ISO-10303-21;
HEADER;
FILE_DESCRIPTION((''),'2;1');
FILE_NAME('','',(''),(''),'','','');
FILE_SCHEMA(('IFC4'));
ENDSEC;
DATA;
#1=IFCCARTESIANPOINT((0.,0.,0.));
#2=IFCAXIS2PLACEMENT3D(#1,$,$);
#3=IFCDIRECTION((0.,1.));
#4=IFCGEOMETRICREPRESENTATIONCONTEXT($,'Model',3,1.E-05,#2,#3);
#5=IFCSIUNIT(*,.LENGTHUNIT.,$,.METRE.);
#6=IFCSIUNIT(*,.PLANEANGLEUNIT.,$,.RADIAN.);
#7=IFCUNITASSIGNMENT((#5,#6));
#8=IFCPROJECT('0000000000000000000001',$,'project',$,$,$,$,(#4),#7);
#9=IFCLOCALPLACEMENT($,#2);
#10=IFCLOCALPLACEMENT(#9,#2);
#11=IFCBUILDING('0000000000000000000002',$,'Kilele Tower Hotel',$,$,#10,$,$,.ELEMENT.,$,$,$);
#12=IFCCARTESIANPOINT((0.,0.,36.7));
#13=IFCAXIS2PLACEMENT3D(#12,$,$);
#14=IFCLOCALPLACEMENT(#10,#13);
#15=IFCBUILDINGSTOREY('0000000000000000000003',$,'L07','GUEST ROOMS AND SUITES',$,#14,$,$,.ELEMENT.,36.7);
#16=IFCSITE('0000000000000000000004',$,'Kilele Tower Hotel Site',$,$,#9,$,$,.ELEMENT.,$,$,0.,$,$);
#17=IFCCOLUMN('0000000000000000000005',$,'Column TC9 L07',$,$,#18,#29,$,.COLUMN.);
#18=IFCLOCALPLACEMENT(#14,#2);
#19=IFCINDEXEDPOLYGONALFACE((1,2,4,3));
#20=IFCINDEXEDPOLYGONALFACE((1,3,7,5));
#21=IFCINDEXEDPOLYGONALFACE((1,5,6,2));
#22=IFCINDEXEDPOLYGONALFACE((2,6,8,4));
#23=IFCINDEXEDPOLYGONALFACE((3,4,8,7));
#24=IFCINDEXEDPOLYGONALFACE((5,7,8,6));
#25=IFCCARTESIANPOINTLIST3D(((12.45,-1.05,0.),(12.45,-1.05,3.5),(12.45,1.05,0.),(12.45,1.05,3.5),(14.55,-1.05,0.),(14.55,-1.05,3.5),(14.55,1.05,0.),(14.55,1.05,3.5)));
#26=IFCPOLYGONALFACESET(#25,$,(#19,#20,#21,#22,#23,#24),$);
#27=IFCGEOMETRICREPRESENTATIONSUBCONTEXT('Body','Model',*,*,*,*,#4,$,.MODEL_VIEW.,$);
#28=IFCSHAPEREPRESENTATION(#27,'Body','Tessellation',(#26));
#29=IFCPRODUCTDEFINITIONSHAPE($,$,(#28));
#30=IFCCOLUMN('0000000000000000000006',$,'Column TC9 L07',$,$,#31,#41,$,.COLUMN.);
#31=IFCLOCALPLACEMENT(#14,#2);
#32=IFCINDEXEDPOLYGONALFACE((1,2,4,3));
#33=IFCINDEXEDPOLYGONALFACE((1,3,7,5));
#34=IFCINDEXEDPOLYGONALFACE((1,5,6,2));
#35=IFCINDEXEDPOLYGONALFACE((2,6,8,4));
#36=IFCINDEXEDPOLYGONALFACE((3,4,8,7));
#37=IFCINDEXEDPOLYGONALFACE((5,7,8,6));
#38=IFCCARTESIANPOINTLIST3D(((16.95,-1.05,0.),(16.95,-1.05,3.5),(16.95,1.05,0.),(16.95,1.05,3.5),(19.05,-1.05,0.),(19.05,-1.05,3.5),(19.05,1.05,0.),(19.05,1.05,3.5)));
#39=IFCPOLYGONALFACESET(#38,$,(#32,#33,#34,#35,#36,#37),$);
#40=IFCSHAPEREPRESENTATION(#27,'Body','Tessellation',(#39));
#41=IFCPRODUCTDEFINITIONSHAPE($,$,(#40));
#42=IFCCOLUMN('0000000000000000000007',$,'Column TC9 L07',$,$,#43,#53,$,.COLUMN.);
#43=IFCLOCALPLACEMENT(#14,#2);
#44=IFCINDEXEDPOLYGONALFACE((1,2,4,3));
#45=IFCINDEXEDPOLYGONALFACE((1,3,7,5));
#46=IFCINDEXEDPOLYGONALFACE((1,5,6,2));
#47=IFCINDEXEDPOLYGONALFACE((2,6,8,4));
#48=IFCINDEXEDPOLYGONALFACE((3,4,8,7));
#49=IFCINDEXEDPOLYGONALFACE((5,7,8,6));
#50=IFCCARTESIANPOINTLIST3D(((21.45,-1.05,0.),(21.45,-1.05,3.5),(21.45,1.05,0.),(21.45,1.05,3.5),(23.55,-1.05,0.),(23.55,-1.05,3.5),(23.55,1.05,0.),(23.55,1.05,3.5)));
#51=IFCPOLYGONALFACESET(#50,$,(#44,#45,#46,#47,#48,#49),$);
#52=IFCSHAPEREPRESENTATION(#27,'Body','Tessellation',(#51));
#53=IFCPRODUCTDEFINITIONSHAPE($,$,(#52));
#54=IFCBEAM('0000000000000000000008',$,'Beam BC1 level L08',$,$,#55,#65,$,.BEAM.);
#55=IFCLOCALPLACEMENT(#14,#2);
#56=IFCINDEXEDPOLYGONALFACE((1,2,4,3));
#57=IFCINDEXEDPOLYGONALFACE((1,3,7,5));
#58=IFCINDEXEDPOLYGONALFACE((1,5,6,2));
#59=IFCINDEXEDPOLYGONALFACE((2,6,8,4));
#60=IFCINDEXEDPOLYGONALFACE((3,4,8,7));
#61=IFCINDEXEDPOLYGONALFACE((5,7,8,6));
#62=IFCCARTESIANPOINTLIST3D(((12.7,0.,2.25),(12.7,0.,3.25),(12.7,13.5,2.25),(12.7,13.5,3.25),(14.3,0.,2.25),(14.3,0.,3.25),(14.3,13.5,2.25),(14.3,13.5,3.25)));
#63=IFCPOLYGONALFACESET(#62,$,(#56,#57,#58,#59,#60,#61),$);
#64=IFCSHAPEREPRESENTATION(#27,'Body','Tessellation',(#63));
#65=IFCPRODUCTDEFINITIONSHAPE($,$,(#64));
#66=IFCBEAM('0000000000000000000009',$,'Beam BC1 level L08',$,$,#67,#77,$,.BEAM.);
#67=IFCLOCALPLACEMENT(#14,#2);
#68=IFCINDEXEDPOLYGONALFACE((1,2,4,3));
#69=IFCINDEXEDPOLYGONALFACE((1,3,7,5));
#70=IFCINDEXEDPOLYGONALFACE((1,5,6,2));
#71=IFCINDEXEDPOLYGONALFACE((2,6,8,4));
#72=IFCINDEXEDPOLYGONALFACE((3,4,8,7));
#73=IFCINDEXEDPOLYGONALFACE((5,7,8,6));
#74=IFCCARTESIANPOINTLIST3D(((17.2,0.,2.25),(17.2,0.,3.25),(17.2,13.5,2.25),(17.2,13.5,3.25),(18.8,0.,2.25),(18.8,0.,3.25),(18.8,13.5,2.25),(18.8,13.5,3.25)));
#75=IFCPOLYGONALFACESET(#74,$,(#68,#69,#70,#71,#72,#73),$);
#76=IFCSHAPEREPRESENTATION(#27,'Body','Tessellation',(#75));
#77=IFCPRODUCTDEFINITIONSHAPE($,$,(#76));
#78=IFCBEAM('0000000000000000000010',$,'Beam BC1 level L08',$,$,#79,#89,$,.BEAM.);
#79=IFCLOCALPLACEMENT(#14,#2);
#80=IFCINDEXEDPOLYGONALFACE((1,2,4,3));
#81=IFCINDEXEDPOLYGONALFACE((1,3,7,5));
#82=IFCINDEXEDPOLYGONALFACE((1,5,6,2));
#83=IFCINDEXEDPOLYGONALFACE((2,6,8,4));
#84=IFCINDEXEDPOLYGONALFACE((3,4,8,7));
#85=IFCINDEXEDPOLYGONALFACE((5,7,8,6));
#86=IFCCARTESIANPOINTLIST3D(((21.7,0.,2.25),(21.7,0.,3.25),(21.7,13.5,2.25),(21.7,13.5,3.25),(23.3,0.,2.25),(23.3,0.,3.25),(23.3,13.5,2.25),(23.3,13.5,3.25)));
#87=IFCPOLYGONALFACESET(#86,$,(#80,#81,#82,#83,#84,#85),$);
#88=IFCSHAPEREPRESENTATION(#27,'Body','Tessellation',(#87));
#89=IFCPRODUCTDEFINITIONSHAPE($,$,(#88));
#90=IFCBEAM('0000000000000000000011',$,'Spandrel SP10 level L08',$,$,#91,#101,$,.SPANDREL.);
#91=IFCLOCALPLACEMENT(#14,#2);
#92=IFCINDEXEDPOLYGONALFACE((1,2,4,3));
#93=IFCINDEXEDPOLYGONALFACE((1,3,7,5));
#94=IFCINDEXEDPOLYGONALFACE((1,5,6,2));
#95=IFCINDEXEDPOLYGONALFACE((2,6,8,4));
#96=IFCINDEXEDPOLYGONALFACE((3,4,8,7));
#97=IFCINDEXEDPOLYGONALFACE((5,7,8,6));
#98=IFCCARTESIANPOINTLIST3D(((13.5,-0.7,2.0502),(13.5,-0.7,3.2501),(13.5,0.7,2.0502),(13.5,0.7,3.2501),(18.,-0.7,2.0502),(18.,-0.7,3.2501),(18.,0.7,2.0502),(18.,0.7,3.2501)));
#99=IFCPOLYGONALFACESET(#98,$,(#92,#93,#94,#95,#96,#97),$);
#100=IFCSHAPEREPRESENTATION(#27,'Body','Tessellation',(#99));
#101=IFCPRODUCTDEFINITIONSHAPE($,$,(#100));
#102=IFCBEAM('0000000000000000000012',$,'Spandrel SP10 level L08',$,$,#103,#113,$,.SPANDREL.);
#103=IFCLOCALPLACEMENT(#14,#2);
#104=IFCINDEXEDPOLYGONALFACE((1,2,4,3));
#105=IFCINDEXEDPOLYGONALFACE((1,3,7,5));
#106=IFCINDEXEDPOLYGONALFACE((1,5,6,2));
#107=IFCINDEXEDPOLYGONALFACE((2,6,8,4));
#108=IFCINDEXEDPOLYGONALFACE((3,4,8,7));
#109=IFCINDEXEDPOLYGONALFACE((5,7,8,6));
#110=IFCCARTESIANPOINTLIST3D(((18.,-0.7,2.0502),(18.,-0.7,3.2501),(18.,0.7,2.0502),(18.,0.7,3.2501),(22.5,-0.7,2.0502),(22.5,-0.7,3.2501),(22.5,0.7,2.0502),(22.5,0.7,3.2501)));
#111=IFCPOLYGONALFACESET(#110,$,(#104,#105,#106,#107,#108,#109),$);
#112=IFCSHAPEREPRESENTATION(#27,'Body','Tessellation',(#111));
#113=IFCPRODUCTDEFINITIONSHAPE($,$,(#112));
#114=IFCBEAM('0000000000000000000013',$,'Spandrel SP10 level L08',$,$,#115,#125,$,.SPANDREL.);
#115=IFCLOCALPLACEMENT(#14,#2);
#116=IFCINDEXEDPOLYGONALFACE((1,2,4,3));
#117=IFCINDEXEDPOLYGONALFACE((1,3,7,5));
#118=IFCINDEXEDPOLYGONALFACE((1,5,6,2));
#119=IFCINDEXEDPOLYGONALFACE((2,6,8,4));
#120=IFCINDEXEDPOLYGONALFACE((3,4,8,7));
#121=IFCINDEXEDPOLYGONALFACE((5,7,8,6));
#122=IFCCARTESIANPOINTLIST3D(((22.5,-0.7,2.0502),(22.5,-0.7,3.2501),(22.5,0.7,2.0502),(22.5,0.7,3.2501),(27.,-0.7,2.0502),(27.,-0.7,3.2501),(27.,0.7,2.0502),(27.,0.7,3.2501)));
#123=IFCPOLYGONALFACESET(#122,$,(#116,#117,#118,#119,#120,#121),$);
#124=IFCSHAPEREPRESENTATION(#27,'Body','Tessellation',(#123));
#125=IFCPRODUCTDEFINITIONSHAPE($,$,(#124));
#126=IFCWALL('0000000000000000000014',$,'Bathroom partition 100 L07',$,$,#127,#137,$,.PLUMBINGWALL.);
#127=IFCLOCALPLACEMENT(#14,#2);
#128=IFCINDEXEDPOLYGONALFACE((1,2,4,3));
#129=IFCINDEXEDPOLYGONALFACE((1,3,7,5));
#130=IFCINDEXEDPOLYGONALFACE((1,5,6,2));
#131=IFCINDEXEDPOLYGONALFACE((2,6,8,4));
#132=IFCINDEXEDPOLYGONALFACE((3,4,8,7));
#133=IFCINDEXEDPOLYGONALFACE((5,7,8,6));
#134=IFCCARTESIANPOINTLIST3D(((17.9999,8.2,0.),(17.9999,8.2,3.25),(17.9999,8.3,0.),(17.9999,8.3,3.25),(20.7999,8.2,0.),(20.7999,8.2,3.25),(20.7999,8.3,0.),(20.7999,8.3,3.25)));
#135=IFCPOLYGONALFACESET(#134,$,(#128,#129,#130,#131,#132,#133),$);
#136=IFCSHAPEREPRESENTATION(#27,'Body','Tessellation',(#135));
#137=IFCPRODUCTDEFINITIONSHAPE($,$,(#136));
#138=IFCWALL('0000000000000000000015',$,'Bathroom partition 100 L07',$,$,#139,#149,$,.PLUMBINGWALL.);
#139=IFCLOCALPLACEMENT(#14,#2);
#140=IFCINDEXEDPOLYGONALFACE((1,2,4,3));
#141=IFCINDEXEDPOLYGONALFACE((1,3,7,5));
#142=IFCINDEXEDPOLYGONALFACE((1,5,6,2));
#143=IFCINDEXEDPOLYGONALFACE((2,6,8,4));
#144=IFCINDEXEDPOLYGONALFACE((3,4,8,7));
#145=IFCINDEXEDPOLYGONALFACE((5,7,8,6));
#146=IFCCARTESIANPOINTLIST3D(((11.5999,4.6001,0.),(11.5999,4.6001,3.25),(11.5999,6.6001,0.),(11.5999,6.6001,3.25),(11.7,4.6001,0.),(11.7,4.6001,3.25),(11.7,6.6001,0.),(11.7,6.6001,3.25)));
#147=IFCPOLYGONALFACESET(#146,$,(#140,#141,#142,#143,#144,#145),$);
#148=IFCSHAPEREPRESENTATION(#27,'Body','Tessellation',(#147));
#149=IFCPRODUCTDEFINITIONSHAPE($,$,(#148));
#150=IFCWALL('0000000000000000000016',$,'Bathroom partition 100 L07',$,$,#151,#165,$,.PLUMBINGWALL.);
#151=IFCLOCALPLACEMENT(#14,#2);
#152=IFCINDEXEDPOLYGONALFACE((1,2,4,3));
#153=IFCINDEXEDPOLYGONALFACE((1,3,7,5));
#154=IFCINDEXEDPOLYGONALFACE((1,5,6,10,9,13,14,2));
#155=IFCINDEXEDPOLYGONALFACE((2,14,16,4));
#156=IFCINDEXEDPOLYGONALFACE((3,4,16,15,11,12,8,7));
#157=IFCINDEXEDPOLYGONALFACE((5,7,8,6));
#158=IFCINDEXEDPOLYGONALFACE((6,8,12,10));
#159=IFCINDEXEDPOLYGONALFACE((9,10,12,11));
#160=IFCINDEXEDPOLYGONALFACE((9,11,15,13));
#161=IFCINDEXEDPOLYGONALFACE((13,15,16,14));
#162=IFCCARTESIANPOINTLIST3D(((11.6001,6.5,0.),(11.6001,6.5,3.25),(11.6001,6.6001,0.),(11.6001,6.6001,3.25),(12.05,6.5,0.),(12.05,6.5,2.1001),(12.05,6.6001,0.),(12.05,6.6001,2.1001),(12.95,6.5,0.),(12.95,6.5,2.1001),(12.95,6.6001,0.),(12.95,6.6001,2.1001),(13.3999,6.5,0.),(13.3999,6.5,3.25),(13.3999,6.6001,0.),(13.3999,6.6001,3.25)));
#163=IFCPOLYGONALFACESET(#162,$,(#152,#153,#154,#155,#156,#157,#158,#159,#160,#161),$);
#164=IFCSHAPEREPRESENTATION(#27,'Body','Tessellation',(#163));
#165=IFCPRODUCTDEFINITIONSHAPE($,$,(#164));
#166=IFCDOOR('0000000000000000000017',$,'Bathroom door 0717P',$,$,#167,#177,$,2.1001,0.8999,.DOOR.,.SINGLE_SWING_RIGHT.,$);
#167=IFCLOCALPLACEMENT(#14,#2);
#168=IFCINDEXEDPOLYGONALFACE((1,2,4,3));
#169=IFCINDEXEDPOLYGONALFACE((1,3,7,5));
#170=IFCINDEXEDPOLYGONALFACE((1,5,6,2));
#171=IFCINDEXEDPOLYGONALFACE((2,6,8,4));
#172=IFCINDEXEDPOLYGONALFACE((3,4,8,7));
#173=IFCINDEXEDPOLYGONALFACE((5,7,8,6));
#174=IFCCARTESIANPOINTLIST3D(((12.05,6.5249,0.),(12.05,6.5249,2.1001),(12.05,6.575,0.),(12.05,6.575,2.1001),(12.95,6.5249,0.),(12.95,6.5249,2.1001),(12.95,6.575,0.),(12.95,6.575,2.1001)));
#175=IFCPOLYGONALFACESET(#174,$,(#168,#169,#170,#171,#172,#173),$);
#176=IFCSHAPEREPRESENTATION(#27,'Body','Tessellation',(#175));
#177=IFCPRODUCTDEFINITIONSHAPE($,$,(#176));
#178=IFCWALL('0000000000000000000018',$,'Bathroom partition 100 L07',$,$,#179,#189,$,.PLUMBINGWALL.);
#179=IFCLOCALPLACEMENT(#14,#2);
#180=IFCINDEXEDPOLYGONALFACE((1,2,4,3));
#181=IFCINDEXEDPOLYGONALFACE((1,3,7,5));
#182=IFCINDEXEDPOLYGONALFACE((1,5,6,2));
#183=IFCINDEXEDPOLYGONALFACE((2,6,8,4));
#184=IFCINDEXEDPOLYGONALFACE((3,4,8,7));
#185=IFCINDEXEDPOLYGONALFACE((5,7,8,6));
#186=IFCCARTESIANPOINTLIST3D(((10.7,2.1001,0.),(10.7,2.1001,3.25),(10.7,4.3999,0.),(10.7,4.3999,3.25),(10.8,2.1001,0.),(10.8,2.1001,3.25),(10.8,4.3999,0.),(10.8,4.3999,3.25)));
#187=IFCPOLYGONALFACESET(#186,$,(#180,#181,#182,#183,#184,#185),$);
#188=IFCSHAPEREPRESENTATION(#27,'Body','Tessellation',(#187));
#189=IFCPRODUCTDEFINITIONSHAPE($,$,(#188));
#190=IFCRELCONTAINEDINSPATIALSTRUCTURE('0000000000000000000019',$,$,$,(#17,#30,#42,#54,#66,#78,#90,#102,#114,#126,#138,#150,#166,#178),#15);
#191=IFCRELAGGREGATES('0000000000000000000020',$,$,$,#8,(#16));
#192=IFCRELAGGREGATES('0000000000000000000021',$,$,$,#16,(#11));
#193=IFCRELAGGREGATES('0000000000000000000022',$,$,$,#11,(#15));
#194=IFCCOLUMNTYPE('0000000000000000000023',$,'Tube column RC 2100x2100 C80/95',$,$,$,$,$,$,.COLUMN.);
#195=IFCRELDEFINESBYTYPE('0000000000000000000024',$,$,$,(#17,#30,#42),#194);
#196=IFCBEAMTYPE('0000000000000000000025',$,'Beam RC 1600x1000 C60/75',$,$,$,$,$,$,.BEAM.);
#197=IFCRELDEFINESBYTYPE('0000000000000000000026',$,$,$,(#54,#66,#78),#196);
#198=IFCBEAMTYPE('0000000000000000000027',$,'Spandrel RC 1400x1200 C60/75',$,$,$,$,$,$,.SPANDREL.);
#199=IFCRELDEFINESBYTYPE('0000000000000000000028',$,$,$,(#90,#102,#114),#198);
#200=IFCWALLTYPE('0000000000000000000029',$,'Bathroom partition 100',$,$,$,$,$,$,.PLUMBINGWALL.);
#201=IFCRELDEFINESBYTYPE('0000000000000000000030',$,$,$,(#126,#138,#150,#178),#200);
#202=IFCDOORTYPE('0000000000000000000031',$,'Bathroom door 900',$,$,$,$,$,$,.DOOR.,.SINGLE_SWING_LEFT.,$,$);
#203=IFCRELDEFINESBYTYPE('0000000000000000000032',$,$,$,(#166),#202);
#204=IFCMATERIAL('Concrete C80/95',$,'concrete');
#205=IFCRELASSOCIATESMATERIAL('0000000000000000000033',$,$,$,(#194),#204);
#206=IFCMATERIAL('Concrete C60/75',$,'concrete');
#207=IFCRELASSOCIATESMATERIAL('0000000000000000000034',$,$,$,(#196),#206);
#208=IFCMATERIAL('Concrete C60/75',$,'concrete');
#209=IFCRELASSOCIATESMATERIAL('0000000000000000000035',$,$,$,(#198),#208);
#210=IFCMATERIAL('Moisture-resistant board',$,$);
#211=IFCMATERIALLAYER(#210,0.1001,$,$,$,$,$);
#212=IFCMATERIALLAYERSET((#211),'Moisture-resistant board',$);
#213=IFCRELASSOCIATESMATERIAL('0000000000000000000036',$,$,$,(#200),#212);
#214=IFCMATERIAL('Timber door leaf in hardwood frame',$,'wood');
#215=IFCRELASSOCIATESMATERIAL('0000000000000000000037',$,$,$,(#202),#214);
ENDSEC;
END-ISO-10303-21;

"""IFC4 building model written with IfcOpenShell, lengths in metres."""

from ifc_helpers import new_model, si_unit, direction, frame, frame_2d, origin, origin_2d, place, context, subcontext, project, spatial, rectangle, extrude, material, layer, layer_set, material_profile, profile_set, type_object, element, fill, save


model = new_model("IFC4")

# Units and contexts
model_context = context("Model", 3, precision=1e-05, world=origin(), true_north=direction((0.0, 1.0)))
body_context = subcontext(model_context, "Body", "Model", "MODEL_VIEW")
ifc_project = project(units=[si_unit("LENGTHUNIT", "METRE"), si_unit("PLANEANGLEUNIT", "RADIAN")], contexts=[model_context])

# Site, building, storey
site_placement = place(None, origin())
site = spatial("IfcSite", under=ifc_project, at=site_placement, Name="Kilele Tower Hotel Site", CompositionType="ELEMENT", RefElevation=0.0)
building_placement = place(site_placement, origin())
building = spatial("IfcBuilding", under=site, at=building_placement, Name="Kilele Tower Hotel", CompositionType="ELEMENT")
storey_placement = place(building_placement, frame((0.0, 0.0, 36.7)))
storey = spatial("IfcBuildingStorey", under=building, at=storey_placement, Name="L07", Description="GUEST ROOMS AND SUITES", CompositionType="ELEMENT", Elevation=36.7)

# Columns
ifc_material_1 = material(Name="Concrete C80/95", Category="concrete")
ifc_material_profile_1 = material_profile(ifc_material_1, rectangle(XDim=2.1001, YDim=2.1001, at=origin_2d()))
ifc_profile_set_1 = profile_set([ifc_material_profile_1], Name="Concrete C80/95")
column_type = type_object("IfcColumnType", Name="Tube column RC 2100x2100 C80/95", PredefinedType="COLUMN", material=ifc_profile_set_1)
for number, where, z_axis, x_axis, name in (
    (1, (13.5, 0.0, 0.0), (0.0, 0.0, 1.0), (1.0, 0.0, 0.0), "Column TC9 L07"),
    (2, (18.0, 0.0, 0.0), (0.0, 0.0, 1.0), (1.0, 0.0, 0.0), "Column TC9 L07"),
    (3, (22.5, 0.0, 0.0), (0.0, 0.0, 1.0), (1.0, 0.0, 0.0), "Column TC9 L07"),
):
    element("IfcColumn", number, at=place(storey_placement, frame(where, z_axis=z_axis, x_axis=x_axis)), inside=storey, type_object=column_type, Name=name, PredefinedType="COLUMN", context=body_context, shape_type="SweptSolid", body=[
        extrude(rectangle(XDim=2.1001, YDim=2.1001, at=origin_2d()), origin(), (0.0, 0.0, 1.0), 3.5),
    ])

# Beams
ifc_material_2 = material(Name="Concrete C60/75", Category="concrete")
ifc_material_profile_2 = material_profile(ifc_material_2, rectangle(XDim=1.6001, YDim=1.0, at=origin_2d()))
ifc_profile_set_2 = profile_set([ifc_material_profile_2], Name="Concrete C60/75")
beam_type_1 = type_object("IfcBeamType", Name="Beam RC 1600x1000 C60/75", PredefinedType="BEAM", material=ifc_profile_set_2)
for number, where, z_axis, x_axis, name in (
    (4, (13.5, 0.0, 2.75), (0.0, 1.0, 0.0), (-1.0, 0.0, 0.0), "Beam BC1 level L08"),
    (5, (18.0, 0.0, 2.75), (0.0, 1.0, 0.0), (-1.0, 0.0, 0.0), "Beam BC1 level L08"),
    (6, (22.5, 0.0, 2.75), (0.0, 1.0, 0.0), (-1.0, 0.0, 0.0), "Beam BC1 level L08"),
):
    element("IfcBeam", number, at=place(storey_placement, frame(where, z_axis=z_axis, x_axis=x_axis)), inside=storey, type_object=beam_type_1, Name=name, PredefinedType="BEAM", context=body_context, shape_type="SweptSolid", body=[
        extrude(rectangle(XDim=1.6001, YDim=1.0, at=origin_2d()), origin(), (0.0, 0.0, 1.0), 13.5),
    ])
ifc_material_3 = material(Name="Concrete C60/75", Category="concrete")
ifc_material_profile_3 = material_profile(ifc_material_3, rectangle(XDim=1.3999, YDim=1.2, at=origin_2d()))
ifc_profile_set_3 = profile_set([ifc_material_profile_3], Name="Concrete C60/75")
beam_type_2 = type_object("IfcBeamType", Name="Spandrel RC 1400x1200 C60/75", PredefinedType="SPANDREL", material=ifc_profile_set_3)
for number, where, z_axis, x_axis, name in (
    (7, (13.5, 0.0, 2.6501), (1.0, 0.0, 0.0), (0.0, 1.0, 0.0), "Spandrel SP10 level L08"),
    (8, (18.0, 0.0, 2.6501), (1.0, 0.0, 0.0), (0.0, 1.0, 0.0), "Spandrel SP10 level L08"),
    (9, (22.5, 0.0, 2.6501), (1.0, 0.0, 0.0), (0.0, 1.0, 0.0), "Spandrel SP10 level L08"),
):
    element("IfcBeam", number, at=place(storey_placement, frame(where, z_axis=z_axis, x_axis=x_axis)), inside=storey, type_object=beam_type_2, Name=name, PredefinedType="SPANDREL", context=body_context, shape_type="SweptSolid", body=[
        extrude(rectangle(XDim=1.3999, YDim=1.2, at=origin_2d()), origin(), (0.0, 0.0, 1.0), 4.5),
    ])

# Walls
ifc_material_4 = material(Name="Moisture-resistant board")
ifc_layer_1 = layer(ifc_material_4, 0.1001)
ifc_layer_set_1 = layer_set([ifc_layer_1], Name="Moisture-resistant board")
wall_type_1 = type_object("IfcWallType", Name="Bathroom partition 100", PredefinedType="PLUMBINGWALL", material=ifc_layer_set_1)
wall_1_placement = place(storey_placement, frame((18.0, 8.25, 0.0), z_axis=(0.0, 0.0, 1.0), x_axis=(1.0, 0.0, 0.0)))
element("IfcWall", 10, at=wall_1_placement, inside=storey, type_object=wall_type_1, Name="Bathroom partition 100 L07", PredefinedType="PLUMBINGWALL", context=body_context, shape_type="SweptSolid", body=[
    extrude(rectangle(XDim=2.8, YDim=0.1001, at=frame_2d((1.3999, 0.0))), origin(), (0.0, 0.0, 1.0), 3.25),
])
wall_2_placement = place(storey_placement, frame((11.6499, 4.6001, 0.0), z_axis=(0.0, 0.0, 1.0), x_axis=(0.0, 1.0, 0.0)))
element("IfcWall", 11, at=wall_2_placement, inside=storey, type_object=wall_type_1, Name="Bathroom partition 100 L07", PredefinedType="PLUMBINGWALL", context=body_context, shape_type="SweptSolid", body=[
    extrude(rectangle(XDim=2.0, YDim=0.1001, at=frame_2d((1.0, 0.0))), origin(), (0.0, 0.0, 1.0), 3.25),
])

# Wall, opening, door
wall_3_placement = place(storey_placement, frame((13.3999, 6.55, 0.0), z_axis=(0.0, 0.0, 1.0), x_axis=(-1.0, 0.0, 0.0)))
wall_3 = element("IfcWall", 12, at=wall_3_placement, inside=storey, type_object=wall_type_1, Name="Bathroom partition 100 L07", PredefinedType="PLUMBINGWALL", context=body_context, shape_type="SweptSolid", body=[
    extrude(rectangle(XDim=1.7998, YDim=0.1001, at=frame_2d((0.8999, 0.0))), origin(), (0.0, 0.0, 1.0), 3.25),
])
opening_1_placement = place(wall_3_placement, frame((1.3499, 0.0, 0.0), z_axis=(0.0, 0.0, 1.0), x_axis=(-1.0, 0.0, 0.0)))
opening_1 = element("IfcOpeningElement", 13, at=opening_1_placement, cuts=wall_3, PredefinedType="OPENING", context=body_context, shape_type="SweptSolid", body=[
    extrude(rectangle(XDim=0.8999, YDim=2.1001, at=frame_2d((0.45, 1.05))), frame((0.0, 0.0601, 0.0), z_axis=(0.0, -1.0, 0.0), x_axis=(1.0, 0.0, 0.0)), (0.0, 0.0, 1.0), 0.1201),
])
ifc_material_5 = material(Name="Timber door leaf in hardwood frame", Category="wood")
door_type_1 = type_object("IfcDoorType", Name="Bathroom door 900", OperationType="SINGLE_SWING_LEFT", PredefinedType="DOOR", material=ifc_material_5)
door_1_placement = place(opening_1_placement, origin())
door_1 = element("IfcDoor", 14, at=door_1_placement, inside=storey, type_object=door_type_1, Name="Bathroom door 0717P", OperationType="SINGLE_SWING_RIGHT", OverallHeight=2.1001, OverallWidth=0.8999, PredefinedType="DOOR", context=body_context, shape_type="SweptSolid", body=[
    extrude(rectangle(XDim=0.8999, YDim=2.1001, at=frame_2d((0.45, 1.05))), frame((0.0, 0.0249, 0.0), z_axis=(0.0, -1.0, 0.0), x_axis=(1.0, 0.0, 0.0)), (0.0, 0.0, 1.0), 0.05),
])
fill(opening_1, door_1)

# Wall
wall_4_placement = place(storey_placement, frame((10.75, 4.3999, 0.0), z_axis=(0.0, 0.0, 1.0), x_axis=(0.0, -1.0, 0.0)))
element("IfcWall", 15, at=wall_4_placement, inside=storey, type_object=wall_type_1, Name="Bathroom partition 100 L07", PredefinedType="PLUMBINGWALL", context=body_context, shape_type="SweptSolid", body=[
    extrude(rectangle(XDim=2.2998, YDim=0.1001, at=frame_2d((1.1499, 0.0))), origin(), (0.0, 0.0, 1.0), 3.25),
])

save(model, "model.ifc")
